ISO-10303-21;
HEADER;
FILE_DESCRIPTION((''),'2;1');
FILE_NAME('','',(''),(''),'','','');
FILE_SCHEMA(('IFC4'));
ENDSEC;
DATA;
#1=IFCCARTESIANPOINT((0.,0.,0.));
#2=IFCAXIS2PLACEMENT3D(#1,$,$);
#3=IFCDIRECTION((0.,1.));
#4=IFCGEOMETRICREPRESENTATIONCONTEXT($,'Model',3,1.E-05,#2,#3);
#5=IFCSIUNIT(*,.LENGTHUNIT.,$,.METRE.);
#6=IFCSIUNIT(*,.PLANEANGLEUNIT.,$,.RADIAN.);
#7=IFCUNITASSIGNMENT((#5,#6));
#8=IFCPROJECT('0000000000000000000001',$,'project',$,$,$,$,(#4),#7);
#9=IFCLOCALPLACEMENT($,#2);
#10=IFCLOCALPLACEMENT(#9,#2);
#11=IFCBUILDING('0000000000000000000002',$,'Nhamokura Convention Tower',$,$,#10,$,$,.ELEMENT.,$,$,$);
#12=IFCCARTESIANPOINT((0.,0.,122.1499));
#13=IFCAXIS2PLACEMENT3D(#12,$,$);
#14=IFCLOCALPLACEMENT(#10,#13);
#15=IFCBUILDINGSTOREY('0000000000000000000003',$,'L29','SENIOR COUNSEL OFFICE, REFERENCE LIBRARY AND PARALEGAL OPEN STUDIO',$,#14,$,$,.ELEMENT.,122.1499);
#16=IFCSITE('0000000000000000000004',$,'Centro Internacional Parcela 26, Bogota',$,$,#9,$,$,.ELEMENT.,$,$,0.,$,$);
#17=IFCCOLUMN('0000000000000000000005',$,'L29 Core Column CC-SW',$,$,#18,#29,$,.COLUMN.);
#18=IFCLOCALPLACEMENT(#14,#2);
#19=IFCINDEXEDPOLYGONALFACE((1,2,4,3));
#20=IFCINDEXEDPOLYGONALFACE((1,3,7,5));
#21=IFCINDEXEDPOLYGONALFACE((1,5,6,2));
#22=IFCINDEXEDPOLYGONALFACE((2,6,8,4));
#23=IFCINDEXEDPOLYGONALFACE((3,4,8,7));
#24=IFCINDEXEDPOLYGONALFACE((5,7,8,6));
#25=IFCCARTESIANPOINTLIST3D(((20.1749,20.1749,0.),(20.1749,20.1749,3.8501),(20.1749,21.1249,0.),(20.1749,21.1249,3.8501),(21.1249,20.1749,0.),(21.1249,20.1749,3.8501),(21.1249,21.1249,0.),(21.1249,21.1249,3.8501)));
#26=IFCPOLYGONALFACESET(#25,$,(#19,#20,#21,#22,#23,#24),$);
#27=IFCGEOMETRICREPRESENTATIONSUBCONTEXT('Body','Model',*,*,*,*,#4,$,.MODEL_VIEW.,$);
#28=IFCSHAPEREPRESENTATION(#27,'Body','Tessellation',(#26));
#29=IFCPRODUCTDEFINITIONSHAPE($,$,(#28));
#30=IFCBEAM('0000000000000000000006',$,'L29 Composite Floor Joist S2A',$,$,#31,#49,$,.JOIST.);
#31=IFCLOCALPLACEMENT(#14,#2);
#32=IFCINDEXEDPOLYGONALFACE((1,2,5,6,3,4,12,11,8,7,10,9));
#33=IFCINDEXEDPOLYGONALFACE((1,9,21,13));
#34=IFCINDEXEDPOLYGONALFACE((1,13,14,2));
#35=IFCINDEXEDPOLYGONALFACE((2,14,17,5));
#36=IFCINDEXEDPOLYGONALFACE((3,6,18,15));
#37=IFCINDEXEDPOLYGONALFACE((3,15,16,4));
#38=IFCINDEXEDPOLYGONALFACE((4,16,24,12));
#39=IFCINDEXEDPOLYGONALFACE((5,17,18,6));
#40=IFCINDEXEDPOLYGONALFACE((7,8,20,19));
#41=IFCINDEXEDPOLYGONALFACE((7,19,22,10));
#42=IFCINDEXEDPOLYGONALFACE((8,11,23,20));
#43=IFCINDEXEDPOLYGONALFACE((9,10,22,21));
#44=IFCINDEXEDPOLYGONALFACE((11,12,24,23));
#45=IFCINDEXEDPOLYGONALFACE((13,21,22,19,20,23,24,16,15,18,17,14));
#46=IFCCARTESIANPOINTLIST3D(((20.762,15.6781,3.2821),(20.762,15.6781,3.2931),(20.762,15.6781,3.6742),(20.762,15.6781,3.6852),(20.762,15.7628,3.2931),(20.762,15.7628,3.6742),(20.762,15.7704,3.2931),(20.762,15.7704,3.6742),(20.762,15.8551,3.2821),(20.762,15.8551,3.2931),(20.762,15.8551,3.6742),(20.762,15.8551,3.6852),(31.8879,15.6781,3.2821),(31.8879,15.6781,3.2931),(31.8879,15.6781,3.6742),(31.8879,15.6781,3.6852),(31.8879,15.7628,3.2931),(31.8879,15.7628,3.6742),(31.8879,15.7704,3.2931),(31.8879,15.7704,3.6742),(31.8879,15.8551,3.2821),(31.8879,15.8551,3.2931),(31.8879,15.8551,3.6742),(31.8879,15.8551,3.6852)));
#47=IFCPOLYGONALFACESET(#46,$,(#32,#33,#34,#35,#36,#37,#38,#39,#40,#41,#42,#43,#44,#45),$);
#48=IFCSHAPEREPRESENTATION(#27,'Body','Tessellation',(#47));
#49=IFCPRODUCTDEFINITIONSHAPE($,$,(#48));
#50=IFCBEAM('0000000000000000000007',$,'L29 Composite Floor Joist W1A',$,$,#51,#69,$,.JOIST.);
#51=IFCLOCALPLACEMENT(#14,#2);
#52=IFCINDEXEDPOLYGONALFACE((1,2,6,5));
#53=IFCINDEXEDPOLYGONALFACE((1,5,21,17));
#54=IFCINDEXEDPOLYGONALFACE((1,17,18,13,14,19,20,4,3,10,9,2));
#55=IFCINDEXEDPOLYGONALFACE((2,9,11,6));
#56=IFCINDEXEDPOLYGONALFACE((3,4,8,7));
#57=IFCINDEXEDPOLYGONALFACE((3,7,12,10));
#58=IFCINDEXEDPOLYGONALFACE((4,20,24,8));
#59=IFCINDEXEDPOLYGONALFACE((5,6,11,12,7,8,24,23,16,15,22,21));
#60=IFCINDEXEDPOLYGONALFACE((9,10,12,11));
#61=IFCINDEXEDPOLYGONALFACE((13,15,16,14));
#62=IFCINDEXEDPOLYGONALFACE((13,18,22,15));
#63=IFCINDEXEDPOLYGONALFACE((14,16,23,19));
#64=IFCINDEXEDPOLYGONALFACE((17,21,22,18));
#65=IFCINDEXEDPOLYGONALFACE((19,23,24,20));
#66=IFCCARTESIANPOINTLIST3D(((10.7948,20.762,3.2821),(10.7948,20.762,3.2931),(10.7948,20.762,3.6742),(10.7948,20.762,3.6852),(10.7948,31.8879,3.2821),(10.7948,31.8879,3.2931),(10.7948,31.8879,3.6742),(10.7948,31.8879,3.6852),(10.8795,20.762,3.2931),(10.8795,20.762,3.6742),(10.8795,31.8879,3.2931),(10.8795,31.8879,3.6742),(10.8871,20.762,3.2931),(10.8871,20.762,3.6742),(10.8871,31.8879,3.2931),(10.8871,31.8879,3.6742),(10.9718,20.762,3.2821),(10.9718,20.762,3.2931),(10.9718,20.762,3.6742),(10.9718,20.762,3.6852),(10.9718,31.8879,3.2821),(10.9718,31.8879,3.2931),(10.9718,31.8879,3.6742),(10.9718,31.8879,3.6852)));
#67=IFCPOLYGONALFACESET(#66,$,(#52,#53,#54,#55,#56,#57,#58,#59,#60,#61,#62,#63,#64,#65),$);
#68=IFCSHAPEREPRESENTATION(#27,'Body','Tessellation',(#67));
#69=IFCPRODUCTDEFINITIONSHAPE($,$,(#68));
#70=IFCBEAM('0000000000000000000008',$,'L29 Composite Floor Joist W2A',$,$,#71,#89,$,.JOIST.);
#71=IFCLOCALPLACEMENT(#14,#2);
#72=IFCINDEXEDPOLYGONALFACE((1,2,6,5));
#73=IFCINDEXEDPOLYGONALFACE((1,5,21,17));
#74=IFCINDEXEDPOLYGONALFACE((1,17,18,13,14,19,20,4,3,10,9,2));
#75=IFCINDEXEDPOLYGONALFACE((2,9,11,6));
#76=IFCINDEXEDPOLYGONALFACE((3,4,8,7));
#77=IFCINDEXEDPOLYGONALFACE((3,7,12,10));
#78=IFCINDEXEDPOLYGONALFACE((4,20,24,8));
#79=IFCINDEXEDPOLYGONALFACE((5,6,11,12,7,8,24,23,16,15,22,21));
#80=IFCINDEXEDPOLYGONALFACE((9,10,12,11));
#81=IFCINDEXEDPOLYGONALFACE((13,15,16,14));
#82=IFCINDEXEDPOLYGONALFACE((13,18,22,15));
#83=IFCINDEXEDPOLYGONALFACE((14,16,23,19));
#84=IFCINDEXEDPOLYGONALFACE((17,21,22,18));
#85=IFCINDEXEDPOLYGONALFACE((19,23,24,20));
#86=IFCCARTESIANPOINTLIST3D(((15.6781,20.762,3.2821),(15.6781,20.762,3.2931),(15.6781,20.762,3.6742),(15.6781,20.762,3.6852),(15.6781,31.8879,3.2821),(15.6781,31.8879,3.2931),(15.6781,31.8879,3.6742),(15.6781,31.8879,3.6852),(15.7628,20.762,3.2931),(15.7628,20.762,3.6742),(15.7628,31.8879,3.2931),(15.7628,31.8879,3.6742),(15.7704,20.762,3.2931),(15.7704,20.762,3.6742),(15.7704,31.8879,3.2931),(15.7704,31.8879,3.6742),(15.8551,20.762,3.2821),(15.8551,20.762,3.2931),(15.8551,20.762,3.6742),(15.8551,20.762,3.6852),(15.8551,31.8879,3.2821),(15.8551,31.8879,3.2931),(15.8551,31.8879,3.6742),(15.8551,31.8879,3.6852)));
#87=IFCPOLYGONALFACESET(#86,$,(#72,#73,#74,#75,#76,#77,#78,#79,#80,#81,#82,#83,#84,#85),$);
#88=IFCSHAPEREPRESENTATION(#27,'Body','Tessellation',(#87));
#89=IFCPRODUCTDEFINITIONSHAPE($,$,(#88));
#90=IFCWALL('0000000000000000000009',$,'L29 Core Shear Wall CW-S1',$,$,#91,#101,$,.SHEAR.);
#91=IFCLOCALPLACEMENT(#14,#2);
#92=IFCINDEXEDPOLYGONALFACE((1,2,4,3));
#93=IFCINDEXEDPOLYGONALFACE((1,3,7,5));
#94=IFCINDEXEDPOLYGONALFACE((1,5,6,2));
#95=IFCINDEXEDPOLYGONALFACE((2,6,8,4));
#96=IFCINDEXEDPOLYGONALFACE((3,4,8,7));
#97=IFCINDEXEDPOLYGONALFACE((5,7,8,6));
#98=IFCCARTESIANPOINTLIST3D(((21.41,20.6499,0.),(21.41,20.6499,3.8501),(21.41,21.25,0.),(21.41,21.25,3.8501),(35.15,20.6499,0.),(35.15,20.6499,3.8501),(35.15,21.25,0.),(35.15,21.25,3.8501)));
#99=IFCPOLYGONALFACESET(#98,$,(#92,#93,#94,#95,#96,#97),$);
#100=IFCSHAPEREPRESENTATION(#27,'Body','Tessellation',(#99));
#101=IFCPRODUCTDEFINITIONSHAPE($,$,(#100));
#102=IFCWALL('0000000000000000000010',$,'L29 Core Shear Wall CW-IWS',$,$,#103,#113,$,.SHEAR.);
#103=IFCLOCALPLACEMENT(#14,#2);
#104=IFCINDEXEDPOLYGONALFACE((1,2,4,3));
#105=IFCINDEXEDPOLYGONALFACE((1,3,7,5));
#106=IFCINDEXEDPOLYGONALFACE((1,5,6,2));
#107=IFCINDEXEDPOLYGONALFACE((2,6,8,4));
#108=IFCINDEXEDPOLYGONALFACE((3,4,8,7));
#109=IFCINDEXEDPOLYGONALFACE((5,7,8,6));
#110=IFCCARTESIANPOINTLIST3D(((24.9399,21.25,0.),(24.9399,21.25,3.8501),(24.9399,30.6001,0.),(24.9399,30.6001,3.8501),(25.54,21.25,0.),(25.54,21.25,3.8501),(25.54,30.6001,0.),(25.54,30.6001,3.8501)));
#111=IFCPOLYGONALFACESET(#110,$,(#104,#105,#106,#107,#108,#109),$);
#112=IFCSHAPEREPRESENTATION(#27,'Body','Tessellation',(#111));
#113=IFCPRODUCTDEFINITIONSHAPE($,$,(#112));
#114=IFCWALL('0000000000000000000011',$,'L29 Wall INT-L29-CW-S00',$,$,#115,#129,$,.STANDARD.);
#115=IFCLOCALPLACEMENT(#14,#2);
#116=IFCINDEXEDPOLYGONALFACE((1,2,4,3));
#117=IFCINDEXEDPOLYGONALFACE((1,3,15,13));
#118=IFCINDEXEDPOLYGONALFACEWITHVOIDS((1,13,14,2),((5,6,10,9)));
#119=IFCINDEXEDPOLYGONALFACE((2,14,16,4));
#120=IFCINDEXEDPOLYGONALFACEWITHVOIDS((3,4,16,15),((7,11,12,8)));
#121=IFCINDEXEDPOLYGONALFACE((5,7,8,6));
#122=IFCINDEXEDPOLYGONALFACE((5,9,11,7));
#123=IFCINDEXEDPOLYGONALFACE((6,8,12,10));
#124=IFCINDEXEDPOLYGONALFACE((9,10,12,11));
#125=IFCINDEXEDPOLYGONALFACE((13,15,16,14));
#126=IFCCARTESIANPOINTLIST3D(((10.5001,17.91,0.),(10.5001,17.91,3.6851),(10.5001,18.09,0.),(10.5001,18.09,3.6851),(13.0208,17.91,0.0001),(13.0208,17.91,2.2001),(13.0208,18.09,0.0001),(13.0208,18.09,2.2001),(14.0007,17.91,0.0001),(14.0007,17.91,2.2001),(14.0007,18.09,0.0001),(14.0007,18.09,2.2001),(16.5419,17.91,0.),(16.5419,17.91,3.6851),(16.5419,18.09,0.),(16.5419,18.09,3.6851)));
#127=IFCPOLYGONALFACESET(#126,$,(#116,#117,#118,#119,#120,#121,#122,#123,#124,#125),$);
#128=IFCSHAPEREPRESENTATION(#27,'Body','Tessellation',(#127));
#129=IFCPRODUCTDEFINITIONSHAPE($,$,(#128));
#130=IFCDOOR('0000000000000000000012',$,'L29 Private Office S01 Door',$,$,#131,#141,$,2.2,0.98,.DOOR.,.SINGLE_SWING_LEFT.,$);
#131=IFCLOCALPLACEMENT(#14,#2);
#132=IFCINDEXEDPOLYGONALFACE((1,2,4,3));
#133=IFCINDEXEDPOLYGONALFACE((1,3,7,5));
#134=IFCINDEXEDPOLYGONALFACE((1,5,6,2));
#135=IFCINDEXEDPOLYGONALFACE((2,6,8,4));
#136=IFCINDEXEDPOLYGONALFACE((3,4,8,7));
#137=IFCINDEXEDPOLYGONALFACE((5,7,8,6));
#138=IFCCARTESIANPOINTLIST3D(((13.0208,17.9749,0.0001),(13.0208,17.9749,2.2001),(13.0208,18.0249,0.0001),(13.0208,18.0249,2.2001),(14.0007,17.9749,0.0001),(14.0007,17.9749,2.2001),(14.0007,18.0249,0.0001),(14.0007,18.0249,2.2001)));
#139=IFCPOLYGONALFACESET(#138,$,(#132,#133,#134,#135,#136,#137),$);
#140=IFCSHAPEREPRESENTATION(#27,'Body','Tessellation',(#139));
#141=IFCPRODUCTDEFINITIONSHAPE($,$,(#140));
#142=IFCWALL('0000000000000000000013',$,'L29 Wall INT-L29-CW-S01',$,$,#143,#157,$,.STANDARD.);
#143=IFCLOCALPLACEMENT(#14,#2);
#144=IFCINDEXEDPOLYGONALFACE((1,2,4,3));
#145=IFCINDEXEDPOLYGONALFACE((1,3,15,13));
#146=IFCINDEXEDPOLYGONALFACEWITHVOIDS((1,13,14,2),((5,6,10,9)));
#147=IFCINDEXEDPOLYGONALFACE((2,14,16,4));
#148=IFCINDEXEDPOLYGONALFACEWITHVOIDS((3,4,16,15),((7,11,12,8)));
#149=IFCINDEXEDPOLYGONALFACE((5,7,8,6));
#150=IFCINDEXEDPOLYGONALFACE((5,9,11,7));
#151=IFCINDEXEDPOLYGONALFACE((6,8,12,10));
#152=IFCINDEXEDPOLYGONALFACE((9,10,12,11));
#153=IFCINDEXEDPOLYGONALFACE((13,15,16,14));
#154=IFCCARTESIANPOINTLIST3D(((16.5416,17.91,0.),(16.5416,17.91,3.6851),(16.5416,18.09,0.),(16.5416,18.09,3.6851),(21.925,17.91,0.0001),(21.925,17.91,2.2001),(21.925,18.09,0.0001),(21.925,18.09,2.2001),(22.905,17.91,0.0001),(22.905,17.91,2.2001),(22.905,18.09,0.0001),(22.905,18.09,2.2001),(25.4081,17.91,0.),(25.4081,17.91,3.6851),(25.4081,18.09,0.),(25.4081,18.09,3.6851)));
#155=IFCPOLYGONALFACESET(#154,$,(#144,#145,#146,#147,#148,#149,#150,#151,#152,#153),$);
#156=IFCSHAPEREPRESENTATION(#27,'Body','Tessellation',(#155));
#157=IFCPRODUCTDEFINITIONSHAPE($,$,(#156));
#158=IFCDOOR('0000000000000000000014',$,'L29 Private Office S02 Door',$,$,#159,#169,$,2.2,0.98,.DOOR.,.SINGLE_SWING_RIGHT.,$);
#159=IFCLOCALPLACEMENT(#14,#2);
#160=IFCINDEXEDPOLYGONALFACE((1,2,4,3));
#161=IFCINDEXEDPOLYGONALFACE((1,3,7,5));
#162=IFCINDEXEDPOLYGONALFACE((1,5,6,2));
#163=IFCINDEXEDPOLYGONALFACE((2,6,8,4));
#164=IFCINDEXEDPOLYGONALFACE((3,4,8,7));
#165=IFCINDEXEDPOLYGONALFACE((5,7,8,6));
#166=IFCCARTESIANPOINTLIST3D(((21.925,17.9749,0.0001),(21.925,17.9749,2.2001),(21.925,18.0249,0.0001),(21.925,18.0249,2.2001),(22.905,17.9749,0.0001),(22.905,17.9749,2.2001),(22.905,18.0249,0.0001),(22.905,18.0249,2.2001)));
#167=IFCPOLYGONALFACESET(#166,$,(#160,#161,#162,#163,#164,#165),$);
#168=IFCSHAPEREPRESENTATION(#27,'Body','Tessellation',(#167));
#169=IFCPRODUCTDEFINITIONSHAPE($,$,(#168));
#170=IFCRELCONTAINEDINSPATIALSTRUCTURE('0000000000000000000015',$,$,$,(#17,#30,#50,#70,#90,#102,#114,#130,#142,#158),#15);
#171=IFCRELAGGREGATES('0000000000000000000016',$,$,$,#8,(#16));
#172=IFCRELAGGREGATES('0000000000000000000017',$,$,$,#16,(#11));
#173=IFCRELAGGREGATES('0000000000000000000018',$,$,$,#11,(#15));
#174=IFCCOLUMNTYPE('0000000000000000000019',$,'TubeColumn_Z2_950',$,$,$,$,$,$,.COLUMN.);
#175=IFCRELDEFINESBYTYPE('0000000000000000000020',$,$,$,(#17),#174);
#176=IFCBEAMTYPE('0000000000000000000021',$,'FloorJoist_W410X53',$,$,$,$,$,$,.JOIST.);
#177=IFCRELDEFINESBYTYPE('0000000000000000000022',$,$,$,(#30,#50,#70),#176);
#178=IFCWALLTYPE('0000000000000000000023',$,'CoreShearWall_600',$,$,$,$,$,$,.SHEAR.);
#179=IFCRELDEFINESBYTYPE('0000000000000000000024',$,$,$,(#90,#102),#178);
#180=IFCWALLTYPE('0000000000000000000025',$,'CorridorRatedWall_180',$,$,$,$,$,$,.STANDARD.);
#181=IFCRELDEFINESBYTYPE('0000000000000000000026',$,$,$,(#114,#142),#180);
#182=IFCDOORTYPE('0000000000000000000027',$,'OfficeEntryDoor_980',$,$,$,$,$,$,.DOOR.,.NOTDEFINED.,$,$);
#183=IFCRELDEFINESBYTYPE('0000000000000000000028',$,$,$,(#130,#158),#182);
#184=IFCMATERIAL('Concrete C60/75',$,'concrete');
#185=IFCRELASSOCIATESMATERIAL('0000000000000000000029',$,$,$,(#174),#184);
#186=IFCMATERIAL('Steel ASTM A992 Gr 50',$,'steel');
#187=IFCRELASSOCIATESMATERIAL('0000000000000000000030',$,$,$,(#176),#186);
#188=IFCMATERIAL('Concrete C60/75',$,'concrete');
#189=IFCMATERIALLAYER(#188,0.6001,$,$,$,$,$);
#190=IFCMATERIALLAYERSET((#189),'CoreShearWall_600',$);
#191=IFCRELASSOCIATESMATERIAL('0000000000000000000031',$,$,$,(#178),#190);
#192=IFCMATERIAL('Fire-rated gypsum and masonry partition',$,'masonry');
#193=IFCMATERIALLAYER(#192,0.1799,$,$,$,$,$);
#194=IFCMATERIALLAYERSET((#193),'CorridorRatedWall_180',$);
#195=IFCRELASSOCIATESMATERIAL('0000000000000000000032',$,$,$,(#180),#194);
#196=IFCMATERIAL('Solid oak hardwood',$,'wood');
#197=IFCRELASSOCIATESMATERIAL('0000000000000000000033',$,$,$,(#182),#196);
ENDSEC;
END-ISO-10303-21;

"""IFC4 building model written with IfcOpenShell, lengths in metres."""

from ifc_helpers import new_model, si_unit, direction, frame, frame_2d, origin, origin_2d, place, context, subcontext, project, spatial, rectangle, i_section, extrude, material, layer, layer_set, material_profile, profile_set, type_object, element, fill, save


model = new_model("IFC4")

# Units and contexts
model_context = context("Model", 3, precision=1e-05, world=origin(), true_north=direction((0.0, 1.0)))
body_context = subcontext(model_context, "Body", "Model", "MODEL_VIEW")
ifc_project = project(units=[si_unit("LENGTHUNIT", "METRE"), si_unit("PLANEANGLEUNIT", "RADIAN")], contexts=[model_context])

# Site, building, storey
site_placement = place(None, origin())
site = spatial("IfcSite", under=ifc_project, at=site_placement, Name="Centro Internacional Parcela 26, Bogota", CompositionType="ELEMENT", RefElevation=0.0)
building_placement = place(site_placement, origin())
building = spatial("IfcBuilding", under=site, at=building_placement, Name="Nhamokura Convention Tower", CompositionType="ELEMENT")
storey_placement = place(building_placement, frame((0.0, 0.0, 122.1499)))
storey = spatial("IfcBuildingStorey", under=building, at=storey_placement, Name="L29", Description="SENIOR COUNSEL OFFICE, REFERENCE LIBRARY AND PARALEGAL OPEN STUDIO", CompositionType="ELEMENT", Elevation=122.1499)

# Column
ifc_material_1 = material(Name="Concrete C60/75", Category="concrete")
ifc_material_profile_1 = material_profile(ifc_material_1, rectangle(XDim=0.95, YDim=0.95, at=origin_2d()))
ifc_profile_set_1 = profile_set([ifc_material_profile_1], Name="Concrete C60/75")
column_type = type_object("IfcColumnType", Name="TubeColumn_Z2_950", PredefinedType="COLUMN", material=ifc_profile_set_1)
column_placement = place(storey_placement, frame((20.6499, 20.6499, 0.0), z_axis=(0.0, 0.0, 1.0), x_axis=(1.0, 0.0, 0.0)))
element("IfcColumn", 1, at=column_placement, inside=storey, type_object=column_type, Name="L29 Core Column CC-SW", PredefinedType="COLUMN", context=body_context, shape_type="SweptSolid", body=[
    extrude(rectangle(XDim=0.95, YDim=0.95, at=origin_2d()), origin(), (0.0, 0.0, 1.0), 3.8501),
])

# Beams
ifc_material_2 = material(Name="Steel ASTM A992 Gr 50", Category="steel")
ifc_material_profile_2 = material_profile(ifc_material_2, i_section(OverallWidth=0.177, OverallDepth=0.4031, WebThickness=0.0076, FlangeThickness=0.011, at=origin_2d()))
ifc_profile_set_2 = profile_set([ifc_material_profile_2], Name="Steel ASTM A992 Gr 50")
beam_type = type_object("IfcBeamType", Name="FloorJoist_W410X53", PredefinedType="JOIST", material=ifc_profile_set_2)
for number, where, z_axis, x_axis, name in (
    (2, (20.762, 15.7666, 3.4836), (1.0, 0.0, 0.0), (0.0, 1.0, 0.0), "L29 Composite Floor Joist S2A"),
    (3, (10.8833, 20.762, 3.4836), (0.0, 1.0, 0.0), (-1.0, 0.0, 0.0), "L29 Composite Floor Joist W1A"),
    (4, (15.7666, 20.762, 3.4836), (0.0, 1.0, 0.0), (-1.0, 0.0, 0.0), "L29 Composite Floor Joist W2A"),
):
    element("IfcBeam", number, at=place(storey_placement, frame(where, z_axis=z_axis, x_axis=x_axis)), inside=storey, type_object=beam_type, Name=name, PredefinedType="JOIST", context=body_context, shape_type="SweptSolid", body=[
        extrude(i_section(OverallWidth=0.177, OverallDepth=0.4031, WebThickness=0.0076, FlangeThickness=0.011, at=origin_2d()), origin(), (0.0, 0.0, 1.0), 11.126),
    ])

# Shared definitions
ifc_material_3 = material(Name="Concrete C60/75", Category="concrete")
ifc_layer_1 = layer(ifc_material_3, 0.6001)
ifc_layer_set_1 = layer_set([ifc_layer_1], Name="CoreShearWall_600")
wall_type_1 = type_object("IfcWallType", Name="CoreShearWall_600", PredefinedType="SHEAR", material=ifc_layer_set_1)

# Walls
wall_1_placement = place(storey_placement, frame((21.4099, 20.95, 0.0), z_axis=(0.0, 0.0, 1.0), x_axis=(1.0, 0.0, 0.0)))
element("IfcWall", 5, at=wall_1_placement, inside=storey, type_object=wall_type_1, Name="L29 Core Shear Wall CW-S1", PredefinedType="SHEAR", context=body_context, shape_type="SweptSolid", body=[
    extrude(rectangle(XDim=13.74, YDim=0.6001, at=frame_2d((6.8701, 0.0))), origin(), (0.0, 0.0, 1.0), 3.8501),
])
wall_2_placement = place(storey_placement, frame((25.24, 21.25, 0.0), z_axis=(0.0, 0.0, 1.0), x_axis=(0.0, 1.0, 0.0)))
element("IfcWall", 6, at=wall_2_placement, inside=storey, type_object=wall_type_1, Name="L29 Core Shear Wall CW-IWS", PredefinedType="SHEAR", context=body_context, shape_type="SweptSolid", body=[
    extrude(rectangle(XDim=9.3501, YDim=0.6001, at=frame_2d((4.675, 0.0))), origin(), (0.0, 0.0, 1.0), 3.8501),
])

# Walls, openings, doors
ifc_material_4 = material(Name="Fire-rated gypsum and masonry partition", Category="masonry")
ifc_layer_2 = layer(ifc_material_4, 0.1799)
ifc_layer_set_2 = layer_set([ifc_layer_2], Name="CorridorRatedWall_180")
wall_type_2 = type_object("IfcWallType", Name="CorridorRatedWall_180", PredefinedType="STANDARD", material=ifc_layer_set_2)
wall_3_placement = place(storey_placement, frame((10.5, 18.0, 0.0), z_axis=(0.0, 0.0, 1.0), x_axis=(1.0, 0.0, 0.0)))
wall_3 = element("IfcWall", 7, at=wall_3_placement, inside=storey, type_object=wall_type_2, Name="L29 Wall INT-L29-CW-S00", PredefinedType="STANDARD", context=body_context, shape_type="SweptSolid", body=[
    extrude(rectangle(XDim=6.0417, YDim=0.1799, at=frame_2d((3.021, 0.0))), origin(), (0.0, 0.0, 1.0), 3.6851),
])
opening_1_placement = place(wall_3_placement, frame((2.5208, 0.0, 0.0)))
opening_1 = element("IfcOpeningElement", 8, at=opening_1_placement, cuts=wall_3, PredefinedType="OPENING", context=body_context, shape_type="SweptSolid", body=[
    extrude(rectangle(XDim=0.98, YDim=2.2, at=frame_2d((0.49, 1.1001))), frame((0.0, 0.0999, 0.0), z_axis=(0.0, -1.0, 0.0), x_axis=(1.0, 0.0, 0.0)), (0.0, 0.0, 1.0), 0.2),
])
ifc_material_5 = material(Name="Solid oak hardwood", Category="wood")
door_type_1 = type_object("IfcDoorType", Name="OfficeEntryDoor_980", OperationType="NOTDEFINED", PredefinedType="DOOR", material=ifc_material_5)
door_1_placement = place(opening_1_placement, origin())
door_1 = element("IfcDoor", 9, at=door_1_placement, inside=storey, type_object=door_type_1, Name="L29 Private Office S01 Door", OperationType="SINGLE_SWING_LEFT", OverallHeight=2.2, OverallWidth=0.98, PredefinedType="DOOR", context=body_context, shape_type="SweptSolid", body=[
    extrude(rectangle(XDim=0.98, YDim=2.2, at=frame_2d((0.49, 1.1001))), frame((0.0, 0.0249, 0.0), z_axis=(0.0, -1.0, 0.0), x_axis=(1.0, 0.0, 0.0)), (0.0, 0.0, 1.0), 0.05),
])
fill(opening_1, door_1)
wall_4_placement = place(storey_placement, frame((16.5417, 18.0, 0.0), z_axis=(0.0, 0.0, 1.0), x_axis=(1.0, 0.0, 0.0)))
wall_4 = element("IfcWall", 10, at=wall_4_placement, inside=storey, type_object=wall_type_2, Name="L29 Wall INT-L29-CW-S01", PredefinedType="STANDARD", context=body_context, shape_type="SweptSolid", body=[
    extrude(rectangle(XDim=8.8665, YDim=0.1799, at=frame_2d((4.4331, 0.0))), origin(), (0.0, 0.0, 1.0), 3.6851),
])
opening_2_placement = place(wall_4_placement, frame((5.3833, 0.0, 0.0)))
opening_2 = element("IfcOpeningElement", 11, at=opening_2_placement, cuts=wall_4, PredefinedType="OPENING", context=body_context, shape_type="SweptSolid", body=[
    extrude(rectangle(XDim=0.98, YDim=2.2, at=frame_2d((0.49, 1.1001))), frame((0.0, 0.0999, 0.0), z_axis=(0.0, -1.0, 0.0), x_axis=(1.0, 0.0, 0.0)), (0.0, 0.0, 1.0), 0.2),
])
door_2_placement = place(opening_2_placement, origin())
door_2 = element("IfcDoor", 12, at=door_2_placement, inside=storey, type_object=door_type_1, Name="L29 Private Office S02 Door", OperationType="SINGLE_SWING_RIGHT", OverallHeight=2.2, OverallWidth=0.98, PredefinedType="DOOR", context=body_context, shape_type="SweptSolid", body=[
    extrude(rectangle(XDim=0.98, YDim=2.2, at=frame_2d((0.49, 1.1001))), frame((0.0, 0.0249, 0.0), z_axis=(0.0, -1.0, 0.0), x_axis=(1.0, 0.0, 0.0)), (0.0, 0.0, 1.0), 0.05),
])
fill(opening_2, door_2)

save(model, "model.ifc")
